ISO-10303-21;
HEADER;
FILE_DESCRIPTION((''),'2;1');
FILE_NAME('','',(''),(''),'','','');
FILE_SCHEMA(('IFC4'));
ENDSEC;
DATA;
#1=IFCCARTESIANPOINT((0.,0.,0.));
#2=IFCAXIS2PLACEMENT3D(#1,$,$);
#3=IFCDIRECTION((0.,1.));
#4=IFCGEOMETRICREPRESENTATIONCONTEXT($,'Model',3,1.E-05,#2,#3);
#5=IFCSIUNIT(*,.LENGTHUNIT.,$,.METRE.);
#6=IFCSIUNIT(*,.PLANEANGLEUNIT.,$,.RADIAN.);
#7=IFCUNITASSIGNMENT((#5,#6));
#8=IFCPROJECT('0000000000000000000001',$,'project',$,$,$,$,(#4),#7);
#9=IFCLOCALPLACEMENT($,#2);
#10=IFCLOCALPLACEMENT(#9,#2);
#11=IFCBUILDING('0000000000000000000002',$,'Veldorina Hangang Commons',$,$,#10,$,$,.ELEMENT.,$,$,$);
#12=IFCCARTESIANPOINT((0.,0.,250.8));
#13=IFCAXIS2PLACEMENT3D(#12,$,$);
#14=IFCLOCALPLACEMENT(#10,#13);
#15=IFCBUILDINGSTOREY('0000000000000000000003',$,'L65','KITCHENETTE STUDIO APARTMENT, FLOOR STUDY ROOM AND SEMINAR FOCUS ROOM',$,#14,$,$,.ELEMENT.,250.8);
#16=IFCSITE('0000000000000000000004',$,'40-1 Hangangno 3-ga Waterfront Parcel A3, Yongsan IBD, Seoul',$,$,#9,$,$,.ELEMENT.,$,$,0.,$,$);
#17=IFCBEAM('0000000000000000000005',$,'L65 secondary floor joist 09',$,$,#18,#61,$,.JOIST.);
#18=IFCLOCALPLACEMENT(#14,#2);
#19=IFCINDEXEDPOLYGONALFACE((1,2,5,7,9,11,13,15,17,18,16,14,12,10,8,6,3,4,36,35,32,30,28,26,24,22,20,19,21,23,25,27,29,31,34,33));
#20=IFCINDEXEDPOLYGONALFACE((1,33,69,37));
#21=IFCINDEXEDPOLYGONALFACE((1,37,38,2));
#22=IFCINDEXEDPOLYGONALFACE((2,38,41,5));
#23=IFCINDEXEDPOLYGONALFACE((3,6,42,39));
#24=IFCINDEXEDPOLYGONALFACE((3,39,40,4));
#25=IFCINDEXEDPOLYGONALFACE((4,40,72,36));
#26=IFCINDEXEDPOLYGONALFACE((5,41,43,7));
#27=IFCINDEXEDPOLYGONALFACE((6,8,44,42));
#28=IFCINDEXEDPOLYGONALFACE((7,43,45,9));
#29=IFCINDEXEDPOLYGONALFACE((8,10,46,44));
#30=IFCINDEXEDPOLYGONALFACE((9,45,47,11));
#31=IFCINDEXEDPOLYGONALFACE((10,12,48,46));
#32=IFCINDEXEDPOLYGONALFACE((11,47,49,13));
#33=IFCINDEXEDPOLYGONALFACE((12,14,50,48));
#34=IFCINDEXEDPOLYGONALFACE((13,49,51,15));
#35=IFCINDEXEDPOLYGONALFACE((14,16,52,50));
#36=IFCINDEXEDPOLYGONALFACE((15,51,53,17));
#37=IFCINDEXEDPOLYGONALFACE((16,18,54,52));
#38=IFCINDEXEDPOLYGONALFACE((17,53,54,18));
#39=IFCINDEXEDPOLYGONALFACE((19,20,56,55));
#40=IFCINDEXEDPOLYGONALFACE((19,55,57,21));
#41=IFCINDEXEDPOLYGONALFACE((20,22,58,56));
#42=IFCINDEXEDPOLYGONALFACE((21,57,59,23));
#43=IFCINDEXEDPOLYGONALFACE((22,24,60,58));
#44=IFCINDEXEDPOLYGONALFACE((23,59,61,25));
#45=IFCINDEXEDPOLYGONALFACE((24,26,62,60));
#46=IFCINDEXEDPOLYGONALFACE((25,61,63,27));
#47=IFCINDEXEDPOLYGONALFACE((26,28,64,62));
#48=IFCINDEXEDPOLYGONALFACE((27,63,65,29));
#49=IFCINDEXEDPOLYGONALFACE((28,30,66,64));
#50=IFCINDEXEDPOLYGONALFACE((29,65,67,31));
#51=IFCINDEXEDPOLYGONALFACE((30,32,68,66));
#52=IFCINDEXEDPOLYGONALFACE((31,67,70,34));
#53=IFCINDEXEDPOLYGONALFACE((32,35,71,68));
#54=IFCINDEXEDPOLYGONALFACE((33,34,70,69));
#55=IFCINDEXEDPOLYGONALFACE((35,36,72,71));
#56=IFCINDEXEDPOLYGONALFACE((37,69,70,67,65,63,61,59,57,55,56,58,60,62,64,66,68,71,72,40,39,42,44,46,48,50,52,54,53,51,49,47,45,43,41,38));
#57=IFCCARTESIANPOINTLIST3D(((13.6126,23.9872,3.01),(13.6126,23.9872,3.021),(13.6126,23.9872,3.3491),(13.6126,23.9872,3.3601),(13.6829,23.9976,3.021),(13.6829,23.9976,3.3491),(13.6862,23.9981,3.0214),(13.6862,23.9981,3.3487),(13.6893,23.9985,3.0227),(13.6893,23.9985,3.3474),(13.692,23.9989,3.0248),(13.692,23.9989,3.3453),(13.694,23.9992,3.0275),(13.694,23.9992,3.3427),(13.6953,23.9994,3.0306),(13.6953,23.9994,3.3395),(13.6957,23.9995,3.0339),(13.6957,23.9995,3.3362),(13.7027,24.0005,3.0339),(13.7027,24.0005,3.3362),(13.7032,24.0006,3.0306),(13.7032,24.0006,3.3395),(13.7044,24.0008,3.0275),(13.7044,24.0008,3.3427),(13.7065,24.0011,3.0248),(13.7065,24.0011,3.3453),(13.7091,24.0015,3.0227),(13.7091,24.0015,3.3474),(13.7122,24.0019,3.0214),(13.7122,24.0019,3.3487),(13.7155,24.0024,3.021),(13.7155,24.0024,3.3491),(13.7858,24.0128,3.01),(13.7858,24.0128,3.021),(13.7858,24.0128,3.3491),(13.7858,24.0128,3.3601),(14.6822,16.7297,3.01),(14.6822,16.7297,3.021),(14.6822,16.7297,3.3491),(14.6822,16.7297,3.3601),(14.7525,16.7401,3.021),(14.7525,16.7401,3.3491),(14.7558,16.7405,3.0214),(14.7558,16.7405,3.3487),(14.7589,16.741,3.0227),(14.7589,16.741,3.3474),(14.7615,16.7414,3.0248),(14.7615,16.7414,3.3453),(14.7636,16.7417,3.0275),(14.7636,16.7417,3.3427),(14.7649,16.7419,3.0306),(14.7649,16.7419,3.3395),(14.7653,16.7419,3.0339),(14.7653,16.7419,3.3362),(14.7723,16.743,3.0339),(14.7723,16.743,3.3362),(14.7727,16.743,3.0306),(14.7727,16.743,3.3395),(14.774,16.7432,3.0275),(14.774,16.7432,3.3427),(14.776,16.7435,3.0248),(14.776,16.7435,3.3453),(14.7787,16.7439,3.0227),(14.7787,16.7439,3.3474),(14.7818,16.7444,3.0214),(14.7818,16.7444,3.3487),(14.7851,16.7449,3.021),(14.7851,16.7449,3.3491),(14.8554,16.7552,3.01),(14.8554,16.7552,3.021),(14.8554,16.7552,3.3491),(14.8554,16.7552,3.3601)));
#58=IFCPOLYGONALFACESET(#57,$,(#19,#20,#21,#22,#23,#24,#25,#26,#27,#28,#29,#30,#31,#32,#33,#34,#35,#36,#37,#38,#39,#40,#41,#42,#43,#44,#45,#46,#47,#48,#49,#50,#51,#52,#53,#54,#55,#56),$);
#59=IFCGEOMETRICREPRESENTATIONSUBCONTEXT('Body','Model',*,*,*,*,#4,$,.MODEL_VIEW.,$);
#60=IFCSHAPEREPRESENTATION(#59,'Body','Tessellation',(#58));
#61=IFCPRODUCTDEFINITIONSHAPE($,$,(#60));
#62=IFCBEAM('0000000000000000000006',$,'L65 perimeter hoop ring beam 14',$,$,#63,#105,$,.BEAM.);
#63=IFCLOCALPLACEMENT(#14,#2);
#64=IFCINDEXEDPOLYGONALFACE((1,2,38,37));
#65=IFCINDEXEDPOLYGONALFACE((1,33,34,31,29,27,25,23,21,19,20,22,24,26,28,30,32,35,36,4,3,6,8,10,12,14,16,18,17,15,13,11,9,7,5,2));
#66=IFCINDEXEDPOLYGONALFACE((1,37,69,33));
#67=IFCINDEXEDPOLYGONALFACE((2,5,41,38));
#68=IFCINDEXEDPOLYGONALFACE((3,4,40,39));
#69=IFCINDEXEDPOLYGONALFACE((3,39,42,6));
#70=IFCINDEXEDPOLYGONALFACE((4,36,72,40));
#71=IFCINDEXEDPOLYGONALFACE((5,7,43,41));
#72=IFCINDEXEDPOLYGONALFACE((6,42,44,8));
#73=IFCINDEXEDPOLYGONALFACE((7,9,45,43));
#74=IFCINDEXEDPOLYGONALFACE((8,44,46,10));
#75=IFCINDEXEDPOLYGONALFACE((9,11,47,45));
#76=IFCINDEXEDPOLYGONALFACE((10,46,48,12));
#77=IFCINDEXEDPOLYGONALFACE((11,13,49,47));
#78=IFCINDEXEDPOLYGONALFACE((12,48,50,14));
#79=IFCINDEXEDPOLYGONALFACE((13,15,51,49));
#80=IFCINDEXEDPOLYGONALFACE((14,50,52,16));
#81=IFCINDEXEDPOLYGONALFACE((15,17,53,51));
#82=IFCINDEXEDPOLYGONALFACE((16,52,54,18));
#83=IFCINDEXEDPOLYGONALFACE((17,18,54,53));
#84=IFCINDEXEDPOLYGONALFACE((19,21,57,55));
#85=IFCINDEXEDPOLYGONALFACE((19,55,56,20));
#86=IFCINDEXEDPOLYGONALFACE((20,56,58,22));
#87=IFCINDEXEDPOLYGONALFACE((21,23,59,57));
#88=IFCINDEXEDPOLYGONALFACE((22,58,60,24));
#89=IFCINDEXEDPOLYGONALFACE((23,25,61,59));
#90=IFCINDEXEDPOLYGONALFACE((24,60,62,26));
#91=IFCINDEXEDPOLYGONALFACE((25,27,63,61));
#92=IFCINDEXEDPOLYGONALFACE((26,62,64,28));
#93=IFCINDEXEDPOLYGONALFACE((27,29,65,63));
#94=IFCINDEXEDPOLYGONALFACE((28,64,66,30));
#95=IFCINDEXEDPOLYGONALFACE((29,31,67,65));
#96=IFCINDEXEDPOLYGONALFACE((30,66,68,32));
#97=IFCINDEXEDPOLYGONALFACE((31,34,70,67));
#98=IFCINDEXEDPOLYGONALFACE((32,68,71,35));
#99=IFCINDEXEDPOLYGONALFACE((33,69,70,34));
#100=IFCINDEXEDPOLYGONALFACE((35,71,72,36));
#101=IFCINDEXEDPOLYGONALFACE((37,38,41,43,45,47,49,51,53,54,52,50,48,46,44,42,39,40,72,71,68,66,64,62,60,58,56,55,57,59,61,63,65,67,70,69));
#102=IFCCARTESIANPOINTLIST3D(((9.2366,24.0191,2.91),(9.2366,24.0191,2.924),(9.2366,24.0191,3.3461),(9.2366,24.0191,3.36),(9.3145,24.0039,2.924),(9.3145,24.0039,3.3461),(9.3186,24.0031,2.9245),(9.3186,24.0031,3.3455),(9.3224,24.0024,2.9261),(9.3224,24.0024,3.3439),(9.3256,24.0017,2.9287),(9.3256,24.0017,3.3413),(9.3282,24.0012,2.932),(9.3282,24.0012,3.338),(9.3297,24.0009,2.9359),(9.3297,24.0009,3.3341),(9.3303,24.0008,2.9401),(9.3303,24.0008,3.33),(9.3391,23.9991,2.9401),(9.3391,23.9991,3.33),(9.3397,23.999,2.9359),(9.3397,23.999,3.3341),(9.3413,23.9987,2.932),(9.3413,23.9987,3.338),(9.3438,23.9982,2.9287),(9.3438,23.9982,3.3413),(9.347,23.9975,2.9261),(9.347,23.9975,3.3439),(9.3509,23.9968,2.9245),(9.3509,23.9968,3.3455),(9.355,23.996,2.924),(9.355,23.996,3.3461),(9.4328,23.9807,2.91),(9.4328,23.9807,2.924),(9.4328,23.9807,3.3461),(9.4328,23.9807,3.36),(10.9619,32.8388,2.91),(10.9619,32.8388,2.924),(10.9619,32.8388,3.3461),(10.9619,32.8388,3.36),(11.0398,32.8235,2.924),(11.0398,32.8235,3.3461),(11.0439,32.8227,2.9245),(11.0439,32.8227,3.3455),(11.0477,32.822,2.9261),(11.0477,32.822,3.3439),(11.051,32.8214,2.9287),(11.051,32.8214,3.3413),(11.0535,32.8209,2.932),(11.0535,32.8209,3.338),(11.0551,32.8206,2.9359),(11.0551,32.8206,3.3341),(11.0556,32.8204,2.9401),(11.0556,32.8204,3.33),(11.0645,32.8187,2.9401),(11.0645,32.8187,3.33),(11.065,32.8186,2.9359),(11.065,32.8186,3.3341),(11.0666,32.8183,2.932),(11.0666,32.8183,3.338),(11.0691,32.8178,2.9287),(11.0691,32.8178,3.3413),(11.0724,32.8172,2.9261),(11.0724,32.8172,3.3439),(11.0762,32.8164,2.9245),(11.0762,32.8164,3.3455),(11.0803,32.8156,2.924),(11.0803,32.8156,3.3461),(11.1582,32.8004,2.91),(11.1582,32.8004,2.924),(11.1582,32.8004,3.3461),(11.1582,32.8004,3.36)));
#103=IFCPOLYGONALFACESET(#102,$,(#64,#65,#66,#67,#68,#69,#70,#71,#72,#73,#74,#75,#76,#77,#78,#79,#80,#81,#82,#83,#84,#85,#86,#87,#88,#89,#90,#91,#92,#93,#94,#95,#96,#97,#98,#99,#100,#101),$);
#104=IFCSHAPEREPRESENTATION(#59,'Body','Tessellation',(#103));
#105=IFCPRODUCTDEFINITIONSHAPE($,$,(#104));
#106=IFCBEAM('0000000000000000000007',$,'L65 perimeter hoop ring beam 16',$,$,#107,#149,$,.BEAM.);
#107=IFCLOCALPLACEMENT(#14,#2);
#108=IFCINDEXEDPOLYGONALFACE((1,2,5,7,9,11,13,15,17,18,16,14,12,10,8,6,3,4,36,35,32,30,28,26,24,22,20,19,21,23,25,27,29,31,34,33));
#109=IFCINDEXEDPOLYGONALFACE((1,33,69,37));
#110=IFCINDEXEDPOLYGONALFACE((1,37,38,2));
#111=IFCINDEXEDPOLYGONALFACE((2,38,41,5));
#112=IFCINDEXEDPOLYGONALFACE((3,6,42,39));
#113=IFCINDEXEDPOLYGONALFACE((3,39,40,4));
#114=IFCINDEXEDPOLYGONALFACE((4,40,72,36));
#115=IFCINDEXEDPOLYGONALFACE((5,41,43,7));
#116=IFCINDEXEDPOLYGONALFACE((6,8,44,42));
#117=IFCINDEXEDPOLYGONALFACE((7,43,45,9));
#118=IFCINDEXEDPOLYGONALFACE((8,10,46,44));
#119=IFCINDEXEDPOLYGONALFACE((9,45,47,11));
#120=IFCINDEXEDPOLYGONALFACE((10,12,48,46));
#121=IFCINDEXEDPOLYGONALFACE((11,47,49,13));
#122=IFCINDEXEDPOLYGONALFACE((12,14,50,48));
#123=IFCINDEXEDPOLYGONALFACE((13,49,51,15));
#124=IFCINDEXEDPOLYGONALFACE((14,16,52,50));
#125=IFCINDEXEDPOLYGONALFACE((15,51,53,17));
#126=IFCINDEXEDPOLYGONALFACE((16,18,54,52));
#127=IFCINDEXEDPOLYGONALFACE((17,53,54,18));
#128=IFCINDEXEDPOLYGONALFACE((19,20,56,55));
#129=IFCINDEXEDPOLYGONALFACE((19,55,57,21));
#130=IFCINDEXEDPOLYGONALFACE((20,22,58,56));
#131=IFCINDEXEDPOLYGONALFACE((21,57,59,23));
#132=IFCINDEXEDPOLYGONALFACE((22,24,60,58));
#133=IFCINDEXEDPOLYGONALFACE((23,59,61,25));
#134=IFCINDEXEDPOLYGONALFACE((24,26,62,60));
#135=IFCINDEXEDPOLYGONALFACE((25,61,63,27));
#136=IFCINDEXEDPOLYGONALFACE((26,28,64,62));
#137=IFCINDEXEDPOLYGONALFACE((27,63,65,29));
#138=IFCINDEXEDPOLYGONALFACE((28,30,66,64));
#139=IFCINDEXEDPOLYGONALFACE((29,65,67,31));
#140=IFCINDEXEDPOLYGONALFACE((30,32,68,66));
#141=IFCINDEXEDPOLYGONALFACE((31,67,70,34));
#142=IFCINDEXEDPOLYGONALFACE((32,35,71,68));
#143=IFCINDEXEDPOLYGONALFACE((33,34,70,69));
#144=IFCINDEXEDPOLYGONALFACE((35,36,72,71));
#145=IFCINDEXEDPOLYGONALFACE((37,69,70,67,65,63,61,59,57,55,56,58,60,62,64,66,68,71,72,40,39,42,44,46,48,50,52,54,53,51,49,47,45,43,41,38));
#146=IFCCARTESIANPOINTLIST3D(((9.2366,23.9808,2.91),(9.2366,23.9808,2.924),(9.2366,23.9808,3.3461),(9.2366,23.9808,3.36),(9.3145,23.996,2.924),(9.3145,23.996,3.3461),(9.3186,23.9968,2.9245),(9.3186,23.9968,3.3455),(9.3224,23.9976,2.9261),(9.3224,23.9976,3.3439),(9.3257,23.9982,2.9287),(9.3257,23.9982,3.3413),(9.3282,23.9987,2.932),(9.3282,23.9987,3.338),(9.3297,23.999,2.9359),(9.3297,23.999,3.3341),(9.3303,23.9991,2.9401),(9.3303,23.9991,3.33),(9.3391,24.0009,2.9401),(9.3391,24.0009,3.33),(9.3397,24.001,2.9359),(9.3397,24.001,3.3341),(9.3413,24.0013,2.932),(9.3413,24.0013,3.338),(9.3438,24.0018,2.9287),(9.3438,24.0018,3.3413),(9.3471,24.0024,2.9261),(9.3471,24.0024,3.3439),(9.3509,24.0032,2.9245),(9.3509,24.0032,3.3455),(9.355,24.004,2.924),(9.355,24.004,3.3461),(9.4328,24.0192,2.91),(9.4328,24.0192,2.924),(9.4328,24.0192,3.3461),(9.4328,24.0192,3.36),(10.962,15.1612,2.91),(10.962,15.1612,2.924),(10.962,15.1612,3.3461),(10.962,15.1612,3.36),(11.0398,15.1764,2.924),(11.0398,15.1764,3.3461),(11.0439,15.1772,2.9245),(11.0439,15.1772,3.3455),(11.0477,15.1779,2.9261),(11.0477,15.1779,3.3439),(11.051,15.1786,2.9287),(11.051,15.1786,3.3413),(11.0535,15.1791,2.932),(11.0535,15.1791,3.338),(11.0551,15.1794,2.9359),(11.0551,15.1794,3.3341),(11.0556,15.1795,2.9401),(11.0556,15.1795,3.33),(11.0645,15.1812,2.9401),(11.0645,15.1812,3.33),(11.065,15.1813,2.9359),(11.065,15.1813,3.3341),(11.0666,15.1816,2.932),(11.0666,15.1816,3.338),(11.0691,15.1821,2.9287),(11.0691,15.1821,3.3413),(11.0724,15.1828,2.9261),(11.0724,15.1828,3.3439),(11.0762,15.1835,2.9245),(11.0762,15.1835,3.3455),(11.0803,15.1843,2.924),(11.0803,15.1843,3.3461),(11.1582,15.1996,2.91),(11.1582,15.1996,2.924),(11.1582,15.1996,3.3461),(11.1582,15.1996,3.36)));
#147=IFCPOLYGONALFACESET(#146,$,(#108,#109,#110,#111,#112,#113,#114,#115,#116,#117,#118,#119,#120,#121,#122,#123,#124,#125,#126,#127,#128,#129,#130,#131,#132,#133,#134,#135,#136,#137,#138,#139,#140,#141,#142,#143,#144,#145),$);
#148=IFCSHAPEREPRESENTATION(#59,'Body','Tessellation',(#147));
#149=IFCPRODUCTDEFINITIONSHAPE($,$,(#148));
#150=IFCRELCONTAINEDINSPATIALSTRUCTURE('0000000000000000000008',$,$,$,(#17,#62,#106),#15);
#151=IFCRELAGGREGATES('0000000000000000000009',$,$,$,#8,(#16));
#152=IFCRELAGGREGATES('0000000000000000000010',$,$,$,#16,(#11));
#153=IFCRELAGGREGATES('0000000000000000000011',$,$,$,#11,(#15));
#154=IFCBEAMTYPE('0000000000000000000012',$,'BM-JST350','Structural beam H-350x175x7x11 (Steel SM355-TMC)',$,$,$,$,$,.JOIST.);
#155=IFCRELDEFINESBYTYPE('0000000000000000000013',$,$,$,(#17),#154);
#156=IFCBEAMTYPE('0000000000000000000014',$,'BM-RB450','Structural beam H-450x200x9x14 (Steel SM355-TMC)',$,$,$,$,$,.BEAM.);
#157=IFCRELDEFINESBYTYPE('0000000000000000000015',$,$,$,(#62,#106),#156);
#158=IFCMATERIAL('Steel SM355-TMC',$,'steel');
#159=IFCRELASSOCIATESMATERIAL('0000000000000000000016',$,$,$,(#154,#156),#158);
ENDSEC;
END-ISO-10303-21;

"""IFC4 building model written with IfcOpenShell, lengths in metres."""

from ifc_helpers import new_model, si_unit, direction, frame, origin, origin_2d, place, context, subcontext, project, spatial, i_section, extrude, material, material_profile, profile_set, type_object, element, save


model = new_model("IFC4")

# Units and contexts
model_context = context("Model", 3, precision=1e-05, world=origin(), true_north=direction((0.0, 1.0)))
body_context = subcontext(model_context, "Body", "Model", "MODEL_VIEW")
ifc_project = project(units=[si_unit("LENGTHUNIT", "METRE"), si_unit("PLANEANGLEUNIT", "RADIAN")], contexts=[model_context])

# Site, building, storey
site_placement = place(None, origin())
site = spatial("IfcSite", under=ifc_project, at=site_placement, Name="40-1 Hangangno 3-ga Waterfront Parcel A3, Yongsan IBD, Seoul", CompositionType="ELEMENT", RefElevation=0.0)
building_placement = place(site_placement, origin())
building = spatial("IfcBuilding", under=site, at=building_placement, Name="Veldorina Hangang Commons", CompositionType="ELEMENT")
storey_placement = place(building_placement, frame((0.0, 0.0, 250.8)))
storey = spatial("IfcBuildingStorey", under=building, at=storey_placement, Name="L65", Description="KITCHENETTE STUDIO APARTMENT, FLOOR STUDY ROOM AND SEMINAR FOCUS ROOM", CompositionType="ELEMENT", Elevation=250.8)

# Beams
ifc_material_1 = material(Name="Steel SM355-TMC", Category="steel")
ifc_material_profile_1 = material_profile(ifc_material_1, i_section(OverallWidth=0.175, OverallDepth=0.3501, WebThickness=0.0071, FlangeThickness=0.011, FilletRadius=0.0129, at=origin_2d()), Name="H-350x175x7x11")
ifc_profile_set_1 = profile_set([ifc_material_profile_1], Name="Steel SM355-TMC")
beam_type_1 = type_object("IfcBeamType", Name="BM-JST350", Description="Structural beam H-350x175x7x11 (Steel SM355-TMC)", PredefinedType="JOIST", material=ifc_profile_set_1)
beam_placement = place(storey_placement, frame((13.6992, 24.0, 3.1851), z_axis=(0.1458, -0.989314, 0.0), x_axis=(0.989314, 0.1458, 0.0)))
element("IfcBeam", 1, at=beam_placement, inside=storey, type_object=beam_type_1, Name="L65 secondary floor joist 09", PredefinedType="JOIST", context=body_context, shape_type="SweptSolid", body=[
    extrude(i_section(OverallWidth=0.175, OverallDepth=0.3501, WebThickness=0.0071, FlangeThickness=0.011, FilletRadius=0.0129, at=origin_2d()), origin(), (0.0, 0.0, 1.0), 7.3359),
])
ifc_material_profile_2 = material_profile(ifc_material_1, i_section(OverallWidth=0.2, OverallDepth=0.45, WebThickness=0.009, FlangeThickness=0.0139, FilletRadius=0.0161, at=origin_2d()), Name="H-450x200x9x14")
ifc_profile_set_2 = profile_set([ifc_material_profile_2], Name="Steel SM355-TMC")
beam_type_2 = type_object("IfcBeamType", Name="BM-RB450", Description="Structural beam H-450x200x9x14 (Steel SM355-TMC)", PredefinedType="BEAM", material=ifc_profile_set_2)
for number, where, z_axis, x_axis, name in (
    (2, (11.0601, 32.8196, 3.135), (-0.191987, -0.981397, 0.0), (0.981397, -0.191987, 0.0), "L65 perimeter hoop ring beam 14"),
    (3, (9.3347, 24.0, 3.135), (0.191987, -0.981397, 0.0), (0.981397, 0.191987, 0.0), "L65 perimeter hoop ring beam 16"),
):
    element("IfcBeam", number, at=place(storey_placement, frame(where, z_axis=z_axis, x_axis=x_axis)), inside=storey, type_object=beam_type_2, Name=name, PredefinedType="BEAM", context=body_context, shape_type="SweptSolid", body=[
        extrude(i_section(OverallWidth=0.2, OverallDepth=0.45, WebThickness=0.009, FlangeThickness=0.0139, FilletRadius=0.0161, at=origin_2d()), origin(), (0.0, 0.0, 1.0), 8.9868),
    ])

save(model, "model.ifc")
